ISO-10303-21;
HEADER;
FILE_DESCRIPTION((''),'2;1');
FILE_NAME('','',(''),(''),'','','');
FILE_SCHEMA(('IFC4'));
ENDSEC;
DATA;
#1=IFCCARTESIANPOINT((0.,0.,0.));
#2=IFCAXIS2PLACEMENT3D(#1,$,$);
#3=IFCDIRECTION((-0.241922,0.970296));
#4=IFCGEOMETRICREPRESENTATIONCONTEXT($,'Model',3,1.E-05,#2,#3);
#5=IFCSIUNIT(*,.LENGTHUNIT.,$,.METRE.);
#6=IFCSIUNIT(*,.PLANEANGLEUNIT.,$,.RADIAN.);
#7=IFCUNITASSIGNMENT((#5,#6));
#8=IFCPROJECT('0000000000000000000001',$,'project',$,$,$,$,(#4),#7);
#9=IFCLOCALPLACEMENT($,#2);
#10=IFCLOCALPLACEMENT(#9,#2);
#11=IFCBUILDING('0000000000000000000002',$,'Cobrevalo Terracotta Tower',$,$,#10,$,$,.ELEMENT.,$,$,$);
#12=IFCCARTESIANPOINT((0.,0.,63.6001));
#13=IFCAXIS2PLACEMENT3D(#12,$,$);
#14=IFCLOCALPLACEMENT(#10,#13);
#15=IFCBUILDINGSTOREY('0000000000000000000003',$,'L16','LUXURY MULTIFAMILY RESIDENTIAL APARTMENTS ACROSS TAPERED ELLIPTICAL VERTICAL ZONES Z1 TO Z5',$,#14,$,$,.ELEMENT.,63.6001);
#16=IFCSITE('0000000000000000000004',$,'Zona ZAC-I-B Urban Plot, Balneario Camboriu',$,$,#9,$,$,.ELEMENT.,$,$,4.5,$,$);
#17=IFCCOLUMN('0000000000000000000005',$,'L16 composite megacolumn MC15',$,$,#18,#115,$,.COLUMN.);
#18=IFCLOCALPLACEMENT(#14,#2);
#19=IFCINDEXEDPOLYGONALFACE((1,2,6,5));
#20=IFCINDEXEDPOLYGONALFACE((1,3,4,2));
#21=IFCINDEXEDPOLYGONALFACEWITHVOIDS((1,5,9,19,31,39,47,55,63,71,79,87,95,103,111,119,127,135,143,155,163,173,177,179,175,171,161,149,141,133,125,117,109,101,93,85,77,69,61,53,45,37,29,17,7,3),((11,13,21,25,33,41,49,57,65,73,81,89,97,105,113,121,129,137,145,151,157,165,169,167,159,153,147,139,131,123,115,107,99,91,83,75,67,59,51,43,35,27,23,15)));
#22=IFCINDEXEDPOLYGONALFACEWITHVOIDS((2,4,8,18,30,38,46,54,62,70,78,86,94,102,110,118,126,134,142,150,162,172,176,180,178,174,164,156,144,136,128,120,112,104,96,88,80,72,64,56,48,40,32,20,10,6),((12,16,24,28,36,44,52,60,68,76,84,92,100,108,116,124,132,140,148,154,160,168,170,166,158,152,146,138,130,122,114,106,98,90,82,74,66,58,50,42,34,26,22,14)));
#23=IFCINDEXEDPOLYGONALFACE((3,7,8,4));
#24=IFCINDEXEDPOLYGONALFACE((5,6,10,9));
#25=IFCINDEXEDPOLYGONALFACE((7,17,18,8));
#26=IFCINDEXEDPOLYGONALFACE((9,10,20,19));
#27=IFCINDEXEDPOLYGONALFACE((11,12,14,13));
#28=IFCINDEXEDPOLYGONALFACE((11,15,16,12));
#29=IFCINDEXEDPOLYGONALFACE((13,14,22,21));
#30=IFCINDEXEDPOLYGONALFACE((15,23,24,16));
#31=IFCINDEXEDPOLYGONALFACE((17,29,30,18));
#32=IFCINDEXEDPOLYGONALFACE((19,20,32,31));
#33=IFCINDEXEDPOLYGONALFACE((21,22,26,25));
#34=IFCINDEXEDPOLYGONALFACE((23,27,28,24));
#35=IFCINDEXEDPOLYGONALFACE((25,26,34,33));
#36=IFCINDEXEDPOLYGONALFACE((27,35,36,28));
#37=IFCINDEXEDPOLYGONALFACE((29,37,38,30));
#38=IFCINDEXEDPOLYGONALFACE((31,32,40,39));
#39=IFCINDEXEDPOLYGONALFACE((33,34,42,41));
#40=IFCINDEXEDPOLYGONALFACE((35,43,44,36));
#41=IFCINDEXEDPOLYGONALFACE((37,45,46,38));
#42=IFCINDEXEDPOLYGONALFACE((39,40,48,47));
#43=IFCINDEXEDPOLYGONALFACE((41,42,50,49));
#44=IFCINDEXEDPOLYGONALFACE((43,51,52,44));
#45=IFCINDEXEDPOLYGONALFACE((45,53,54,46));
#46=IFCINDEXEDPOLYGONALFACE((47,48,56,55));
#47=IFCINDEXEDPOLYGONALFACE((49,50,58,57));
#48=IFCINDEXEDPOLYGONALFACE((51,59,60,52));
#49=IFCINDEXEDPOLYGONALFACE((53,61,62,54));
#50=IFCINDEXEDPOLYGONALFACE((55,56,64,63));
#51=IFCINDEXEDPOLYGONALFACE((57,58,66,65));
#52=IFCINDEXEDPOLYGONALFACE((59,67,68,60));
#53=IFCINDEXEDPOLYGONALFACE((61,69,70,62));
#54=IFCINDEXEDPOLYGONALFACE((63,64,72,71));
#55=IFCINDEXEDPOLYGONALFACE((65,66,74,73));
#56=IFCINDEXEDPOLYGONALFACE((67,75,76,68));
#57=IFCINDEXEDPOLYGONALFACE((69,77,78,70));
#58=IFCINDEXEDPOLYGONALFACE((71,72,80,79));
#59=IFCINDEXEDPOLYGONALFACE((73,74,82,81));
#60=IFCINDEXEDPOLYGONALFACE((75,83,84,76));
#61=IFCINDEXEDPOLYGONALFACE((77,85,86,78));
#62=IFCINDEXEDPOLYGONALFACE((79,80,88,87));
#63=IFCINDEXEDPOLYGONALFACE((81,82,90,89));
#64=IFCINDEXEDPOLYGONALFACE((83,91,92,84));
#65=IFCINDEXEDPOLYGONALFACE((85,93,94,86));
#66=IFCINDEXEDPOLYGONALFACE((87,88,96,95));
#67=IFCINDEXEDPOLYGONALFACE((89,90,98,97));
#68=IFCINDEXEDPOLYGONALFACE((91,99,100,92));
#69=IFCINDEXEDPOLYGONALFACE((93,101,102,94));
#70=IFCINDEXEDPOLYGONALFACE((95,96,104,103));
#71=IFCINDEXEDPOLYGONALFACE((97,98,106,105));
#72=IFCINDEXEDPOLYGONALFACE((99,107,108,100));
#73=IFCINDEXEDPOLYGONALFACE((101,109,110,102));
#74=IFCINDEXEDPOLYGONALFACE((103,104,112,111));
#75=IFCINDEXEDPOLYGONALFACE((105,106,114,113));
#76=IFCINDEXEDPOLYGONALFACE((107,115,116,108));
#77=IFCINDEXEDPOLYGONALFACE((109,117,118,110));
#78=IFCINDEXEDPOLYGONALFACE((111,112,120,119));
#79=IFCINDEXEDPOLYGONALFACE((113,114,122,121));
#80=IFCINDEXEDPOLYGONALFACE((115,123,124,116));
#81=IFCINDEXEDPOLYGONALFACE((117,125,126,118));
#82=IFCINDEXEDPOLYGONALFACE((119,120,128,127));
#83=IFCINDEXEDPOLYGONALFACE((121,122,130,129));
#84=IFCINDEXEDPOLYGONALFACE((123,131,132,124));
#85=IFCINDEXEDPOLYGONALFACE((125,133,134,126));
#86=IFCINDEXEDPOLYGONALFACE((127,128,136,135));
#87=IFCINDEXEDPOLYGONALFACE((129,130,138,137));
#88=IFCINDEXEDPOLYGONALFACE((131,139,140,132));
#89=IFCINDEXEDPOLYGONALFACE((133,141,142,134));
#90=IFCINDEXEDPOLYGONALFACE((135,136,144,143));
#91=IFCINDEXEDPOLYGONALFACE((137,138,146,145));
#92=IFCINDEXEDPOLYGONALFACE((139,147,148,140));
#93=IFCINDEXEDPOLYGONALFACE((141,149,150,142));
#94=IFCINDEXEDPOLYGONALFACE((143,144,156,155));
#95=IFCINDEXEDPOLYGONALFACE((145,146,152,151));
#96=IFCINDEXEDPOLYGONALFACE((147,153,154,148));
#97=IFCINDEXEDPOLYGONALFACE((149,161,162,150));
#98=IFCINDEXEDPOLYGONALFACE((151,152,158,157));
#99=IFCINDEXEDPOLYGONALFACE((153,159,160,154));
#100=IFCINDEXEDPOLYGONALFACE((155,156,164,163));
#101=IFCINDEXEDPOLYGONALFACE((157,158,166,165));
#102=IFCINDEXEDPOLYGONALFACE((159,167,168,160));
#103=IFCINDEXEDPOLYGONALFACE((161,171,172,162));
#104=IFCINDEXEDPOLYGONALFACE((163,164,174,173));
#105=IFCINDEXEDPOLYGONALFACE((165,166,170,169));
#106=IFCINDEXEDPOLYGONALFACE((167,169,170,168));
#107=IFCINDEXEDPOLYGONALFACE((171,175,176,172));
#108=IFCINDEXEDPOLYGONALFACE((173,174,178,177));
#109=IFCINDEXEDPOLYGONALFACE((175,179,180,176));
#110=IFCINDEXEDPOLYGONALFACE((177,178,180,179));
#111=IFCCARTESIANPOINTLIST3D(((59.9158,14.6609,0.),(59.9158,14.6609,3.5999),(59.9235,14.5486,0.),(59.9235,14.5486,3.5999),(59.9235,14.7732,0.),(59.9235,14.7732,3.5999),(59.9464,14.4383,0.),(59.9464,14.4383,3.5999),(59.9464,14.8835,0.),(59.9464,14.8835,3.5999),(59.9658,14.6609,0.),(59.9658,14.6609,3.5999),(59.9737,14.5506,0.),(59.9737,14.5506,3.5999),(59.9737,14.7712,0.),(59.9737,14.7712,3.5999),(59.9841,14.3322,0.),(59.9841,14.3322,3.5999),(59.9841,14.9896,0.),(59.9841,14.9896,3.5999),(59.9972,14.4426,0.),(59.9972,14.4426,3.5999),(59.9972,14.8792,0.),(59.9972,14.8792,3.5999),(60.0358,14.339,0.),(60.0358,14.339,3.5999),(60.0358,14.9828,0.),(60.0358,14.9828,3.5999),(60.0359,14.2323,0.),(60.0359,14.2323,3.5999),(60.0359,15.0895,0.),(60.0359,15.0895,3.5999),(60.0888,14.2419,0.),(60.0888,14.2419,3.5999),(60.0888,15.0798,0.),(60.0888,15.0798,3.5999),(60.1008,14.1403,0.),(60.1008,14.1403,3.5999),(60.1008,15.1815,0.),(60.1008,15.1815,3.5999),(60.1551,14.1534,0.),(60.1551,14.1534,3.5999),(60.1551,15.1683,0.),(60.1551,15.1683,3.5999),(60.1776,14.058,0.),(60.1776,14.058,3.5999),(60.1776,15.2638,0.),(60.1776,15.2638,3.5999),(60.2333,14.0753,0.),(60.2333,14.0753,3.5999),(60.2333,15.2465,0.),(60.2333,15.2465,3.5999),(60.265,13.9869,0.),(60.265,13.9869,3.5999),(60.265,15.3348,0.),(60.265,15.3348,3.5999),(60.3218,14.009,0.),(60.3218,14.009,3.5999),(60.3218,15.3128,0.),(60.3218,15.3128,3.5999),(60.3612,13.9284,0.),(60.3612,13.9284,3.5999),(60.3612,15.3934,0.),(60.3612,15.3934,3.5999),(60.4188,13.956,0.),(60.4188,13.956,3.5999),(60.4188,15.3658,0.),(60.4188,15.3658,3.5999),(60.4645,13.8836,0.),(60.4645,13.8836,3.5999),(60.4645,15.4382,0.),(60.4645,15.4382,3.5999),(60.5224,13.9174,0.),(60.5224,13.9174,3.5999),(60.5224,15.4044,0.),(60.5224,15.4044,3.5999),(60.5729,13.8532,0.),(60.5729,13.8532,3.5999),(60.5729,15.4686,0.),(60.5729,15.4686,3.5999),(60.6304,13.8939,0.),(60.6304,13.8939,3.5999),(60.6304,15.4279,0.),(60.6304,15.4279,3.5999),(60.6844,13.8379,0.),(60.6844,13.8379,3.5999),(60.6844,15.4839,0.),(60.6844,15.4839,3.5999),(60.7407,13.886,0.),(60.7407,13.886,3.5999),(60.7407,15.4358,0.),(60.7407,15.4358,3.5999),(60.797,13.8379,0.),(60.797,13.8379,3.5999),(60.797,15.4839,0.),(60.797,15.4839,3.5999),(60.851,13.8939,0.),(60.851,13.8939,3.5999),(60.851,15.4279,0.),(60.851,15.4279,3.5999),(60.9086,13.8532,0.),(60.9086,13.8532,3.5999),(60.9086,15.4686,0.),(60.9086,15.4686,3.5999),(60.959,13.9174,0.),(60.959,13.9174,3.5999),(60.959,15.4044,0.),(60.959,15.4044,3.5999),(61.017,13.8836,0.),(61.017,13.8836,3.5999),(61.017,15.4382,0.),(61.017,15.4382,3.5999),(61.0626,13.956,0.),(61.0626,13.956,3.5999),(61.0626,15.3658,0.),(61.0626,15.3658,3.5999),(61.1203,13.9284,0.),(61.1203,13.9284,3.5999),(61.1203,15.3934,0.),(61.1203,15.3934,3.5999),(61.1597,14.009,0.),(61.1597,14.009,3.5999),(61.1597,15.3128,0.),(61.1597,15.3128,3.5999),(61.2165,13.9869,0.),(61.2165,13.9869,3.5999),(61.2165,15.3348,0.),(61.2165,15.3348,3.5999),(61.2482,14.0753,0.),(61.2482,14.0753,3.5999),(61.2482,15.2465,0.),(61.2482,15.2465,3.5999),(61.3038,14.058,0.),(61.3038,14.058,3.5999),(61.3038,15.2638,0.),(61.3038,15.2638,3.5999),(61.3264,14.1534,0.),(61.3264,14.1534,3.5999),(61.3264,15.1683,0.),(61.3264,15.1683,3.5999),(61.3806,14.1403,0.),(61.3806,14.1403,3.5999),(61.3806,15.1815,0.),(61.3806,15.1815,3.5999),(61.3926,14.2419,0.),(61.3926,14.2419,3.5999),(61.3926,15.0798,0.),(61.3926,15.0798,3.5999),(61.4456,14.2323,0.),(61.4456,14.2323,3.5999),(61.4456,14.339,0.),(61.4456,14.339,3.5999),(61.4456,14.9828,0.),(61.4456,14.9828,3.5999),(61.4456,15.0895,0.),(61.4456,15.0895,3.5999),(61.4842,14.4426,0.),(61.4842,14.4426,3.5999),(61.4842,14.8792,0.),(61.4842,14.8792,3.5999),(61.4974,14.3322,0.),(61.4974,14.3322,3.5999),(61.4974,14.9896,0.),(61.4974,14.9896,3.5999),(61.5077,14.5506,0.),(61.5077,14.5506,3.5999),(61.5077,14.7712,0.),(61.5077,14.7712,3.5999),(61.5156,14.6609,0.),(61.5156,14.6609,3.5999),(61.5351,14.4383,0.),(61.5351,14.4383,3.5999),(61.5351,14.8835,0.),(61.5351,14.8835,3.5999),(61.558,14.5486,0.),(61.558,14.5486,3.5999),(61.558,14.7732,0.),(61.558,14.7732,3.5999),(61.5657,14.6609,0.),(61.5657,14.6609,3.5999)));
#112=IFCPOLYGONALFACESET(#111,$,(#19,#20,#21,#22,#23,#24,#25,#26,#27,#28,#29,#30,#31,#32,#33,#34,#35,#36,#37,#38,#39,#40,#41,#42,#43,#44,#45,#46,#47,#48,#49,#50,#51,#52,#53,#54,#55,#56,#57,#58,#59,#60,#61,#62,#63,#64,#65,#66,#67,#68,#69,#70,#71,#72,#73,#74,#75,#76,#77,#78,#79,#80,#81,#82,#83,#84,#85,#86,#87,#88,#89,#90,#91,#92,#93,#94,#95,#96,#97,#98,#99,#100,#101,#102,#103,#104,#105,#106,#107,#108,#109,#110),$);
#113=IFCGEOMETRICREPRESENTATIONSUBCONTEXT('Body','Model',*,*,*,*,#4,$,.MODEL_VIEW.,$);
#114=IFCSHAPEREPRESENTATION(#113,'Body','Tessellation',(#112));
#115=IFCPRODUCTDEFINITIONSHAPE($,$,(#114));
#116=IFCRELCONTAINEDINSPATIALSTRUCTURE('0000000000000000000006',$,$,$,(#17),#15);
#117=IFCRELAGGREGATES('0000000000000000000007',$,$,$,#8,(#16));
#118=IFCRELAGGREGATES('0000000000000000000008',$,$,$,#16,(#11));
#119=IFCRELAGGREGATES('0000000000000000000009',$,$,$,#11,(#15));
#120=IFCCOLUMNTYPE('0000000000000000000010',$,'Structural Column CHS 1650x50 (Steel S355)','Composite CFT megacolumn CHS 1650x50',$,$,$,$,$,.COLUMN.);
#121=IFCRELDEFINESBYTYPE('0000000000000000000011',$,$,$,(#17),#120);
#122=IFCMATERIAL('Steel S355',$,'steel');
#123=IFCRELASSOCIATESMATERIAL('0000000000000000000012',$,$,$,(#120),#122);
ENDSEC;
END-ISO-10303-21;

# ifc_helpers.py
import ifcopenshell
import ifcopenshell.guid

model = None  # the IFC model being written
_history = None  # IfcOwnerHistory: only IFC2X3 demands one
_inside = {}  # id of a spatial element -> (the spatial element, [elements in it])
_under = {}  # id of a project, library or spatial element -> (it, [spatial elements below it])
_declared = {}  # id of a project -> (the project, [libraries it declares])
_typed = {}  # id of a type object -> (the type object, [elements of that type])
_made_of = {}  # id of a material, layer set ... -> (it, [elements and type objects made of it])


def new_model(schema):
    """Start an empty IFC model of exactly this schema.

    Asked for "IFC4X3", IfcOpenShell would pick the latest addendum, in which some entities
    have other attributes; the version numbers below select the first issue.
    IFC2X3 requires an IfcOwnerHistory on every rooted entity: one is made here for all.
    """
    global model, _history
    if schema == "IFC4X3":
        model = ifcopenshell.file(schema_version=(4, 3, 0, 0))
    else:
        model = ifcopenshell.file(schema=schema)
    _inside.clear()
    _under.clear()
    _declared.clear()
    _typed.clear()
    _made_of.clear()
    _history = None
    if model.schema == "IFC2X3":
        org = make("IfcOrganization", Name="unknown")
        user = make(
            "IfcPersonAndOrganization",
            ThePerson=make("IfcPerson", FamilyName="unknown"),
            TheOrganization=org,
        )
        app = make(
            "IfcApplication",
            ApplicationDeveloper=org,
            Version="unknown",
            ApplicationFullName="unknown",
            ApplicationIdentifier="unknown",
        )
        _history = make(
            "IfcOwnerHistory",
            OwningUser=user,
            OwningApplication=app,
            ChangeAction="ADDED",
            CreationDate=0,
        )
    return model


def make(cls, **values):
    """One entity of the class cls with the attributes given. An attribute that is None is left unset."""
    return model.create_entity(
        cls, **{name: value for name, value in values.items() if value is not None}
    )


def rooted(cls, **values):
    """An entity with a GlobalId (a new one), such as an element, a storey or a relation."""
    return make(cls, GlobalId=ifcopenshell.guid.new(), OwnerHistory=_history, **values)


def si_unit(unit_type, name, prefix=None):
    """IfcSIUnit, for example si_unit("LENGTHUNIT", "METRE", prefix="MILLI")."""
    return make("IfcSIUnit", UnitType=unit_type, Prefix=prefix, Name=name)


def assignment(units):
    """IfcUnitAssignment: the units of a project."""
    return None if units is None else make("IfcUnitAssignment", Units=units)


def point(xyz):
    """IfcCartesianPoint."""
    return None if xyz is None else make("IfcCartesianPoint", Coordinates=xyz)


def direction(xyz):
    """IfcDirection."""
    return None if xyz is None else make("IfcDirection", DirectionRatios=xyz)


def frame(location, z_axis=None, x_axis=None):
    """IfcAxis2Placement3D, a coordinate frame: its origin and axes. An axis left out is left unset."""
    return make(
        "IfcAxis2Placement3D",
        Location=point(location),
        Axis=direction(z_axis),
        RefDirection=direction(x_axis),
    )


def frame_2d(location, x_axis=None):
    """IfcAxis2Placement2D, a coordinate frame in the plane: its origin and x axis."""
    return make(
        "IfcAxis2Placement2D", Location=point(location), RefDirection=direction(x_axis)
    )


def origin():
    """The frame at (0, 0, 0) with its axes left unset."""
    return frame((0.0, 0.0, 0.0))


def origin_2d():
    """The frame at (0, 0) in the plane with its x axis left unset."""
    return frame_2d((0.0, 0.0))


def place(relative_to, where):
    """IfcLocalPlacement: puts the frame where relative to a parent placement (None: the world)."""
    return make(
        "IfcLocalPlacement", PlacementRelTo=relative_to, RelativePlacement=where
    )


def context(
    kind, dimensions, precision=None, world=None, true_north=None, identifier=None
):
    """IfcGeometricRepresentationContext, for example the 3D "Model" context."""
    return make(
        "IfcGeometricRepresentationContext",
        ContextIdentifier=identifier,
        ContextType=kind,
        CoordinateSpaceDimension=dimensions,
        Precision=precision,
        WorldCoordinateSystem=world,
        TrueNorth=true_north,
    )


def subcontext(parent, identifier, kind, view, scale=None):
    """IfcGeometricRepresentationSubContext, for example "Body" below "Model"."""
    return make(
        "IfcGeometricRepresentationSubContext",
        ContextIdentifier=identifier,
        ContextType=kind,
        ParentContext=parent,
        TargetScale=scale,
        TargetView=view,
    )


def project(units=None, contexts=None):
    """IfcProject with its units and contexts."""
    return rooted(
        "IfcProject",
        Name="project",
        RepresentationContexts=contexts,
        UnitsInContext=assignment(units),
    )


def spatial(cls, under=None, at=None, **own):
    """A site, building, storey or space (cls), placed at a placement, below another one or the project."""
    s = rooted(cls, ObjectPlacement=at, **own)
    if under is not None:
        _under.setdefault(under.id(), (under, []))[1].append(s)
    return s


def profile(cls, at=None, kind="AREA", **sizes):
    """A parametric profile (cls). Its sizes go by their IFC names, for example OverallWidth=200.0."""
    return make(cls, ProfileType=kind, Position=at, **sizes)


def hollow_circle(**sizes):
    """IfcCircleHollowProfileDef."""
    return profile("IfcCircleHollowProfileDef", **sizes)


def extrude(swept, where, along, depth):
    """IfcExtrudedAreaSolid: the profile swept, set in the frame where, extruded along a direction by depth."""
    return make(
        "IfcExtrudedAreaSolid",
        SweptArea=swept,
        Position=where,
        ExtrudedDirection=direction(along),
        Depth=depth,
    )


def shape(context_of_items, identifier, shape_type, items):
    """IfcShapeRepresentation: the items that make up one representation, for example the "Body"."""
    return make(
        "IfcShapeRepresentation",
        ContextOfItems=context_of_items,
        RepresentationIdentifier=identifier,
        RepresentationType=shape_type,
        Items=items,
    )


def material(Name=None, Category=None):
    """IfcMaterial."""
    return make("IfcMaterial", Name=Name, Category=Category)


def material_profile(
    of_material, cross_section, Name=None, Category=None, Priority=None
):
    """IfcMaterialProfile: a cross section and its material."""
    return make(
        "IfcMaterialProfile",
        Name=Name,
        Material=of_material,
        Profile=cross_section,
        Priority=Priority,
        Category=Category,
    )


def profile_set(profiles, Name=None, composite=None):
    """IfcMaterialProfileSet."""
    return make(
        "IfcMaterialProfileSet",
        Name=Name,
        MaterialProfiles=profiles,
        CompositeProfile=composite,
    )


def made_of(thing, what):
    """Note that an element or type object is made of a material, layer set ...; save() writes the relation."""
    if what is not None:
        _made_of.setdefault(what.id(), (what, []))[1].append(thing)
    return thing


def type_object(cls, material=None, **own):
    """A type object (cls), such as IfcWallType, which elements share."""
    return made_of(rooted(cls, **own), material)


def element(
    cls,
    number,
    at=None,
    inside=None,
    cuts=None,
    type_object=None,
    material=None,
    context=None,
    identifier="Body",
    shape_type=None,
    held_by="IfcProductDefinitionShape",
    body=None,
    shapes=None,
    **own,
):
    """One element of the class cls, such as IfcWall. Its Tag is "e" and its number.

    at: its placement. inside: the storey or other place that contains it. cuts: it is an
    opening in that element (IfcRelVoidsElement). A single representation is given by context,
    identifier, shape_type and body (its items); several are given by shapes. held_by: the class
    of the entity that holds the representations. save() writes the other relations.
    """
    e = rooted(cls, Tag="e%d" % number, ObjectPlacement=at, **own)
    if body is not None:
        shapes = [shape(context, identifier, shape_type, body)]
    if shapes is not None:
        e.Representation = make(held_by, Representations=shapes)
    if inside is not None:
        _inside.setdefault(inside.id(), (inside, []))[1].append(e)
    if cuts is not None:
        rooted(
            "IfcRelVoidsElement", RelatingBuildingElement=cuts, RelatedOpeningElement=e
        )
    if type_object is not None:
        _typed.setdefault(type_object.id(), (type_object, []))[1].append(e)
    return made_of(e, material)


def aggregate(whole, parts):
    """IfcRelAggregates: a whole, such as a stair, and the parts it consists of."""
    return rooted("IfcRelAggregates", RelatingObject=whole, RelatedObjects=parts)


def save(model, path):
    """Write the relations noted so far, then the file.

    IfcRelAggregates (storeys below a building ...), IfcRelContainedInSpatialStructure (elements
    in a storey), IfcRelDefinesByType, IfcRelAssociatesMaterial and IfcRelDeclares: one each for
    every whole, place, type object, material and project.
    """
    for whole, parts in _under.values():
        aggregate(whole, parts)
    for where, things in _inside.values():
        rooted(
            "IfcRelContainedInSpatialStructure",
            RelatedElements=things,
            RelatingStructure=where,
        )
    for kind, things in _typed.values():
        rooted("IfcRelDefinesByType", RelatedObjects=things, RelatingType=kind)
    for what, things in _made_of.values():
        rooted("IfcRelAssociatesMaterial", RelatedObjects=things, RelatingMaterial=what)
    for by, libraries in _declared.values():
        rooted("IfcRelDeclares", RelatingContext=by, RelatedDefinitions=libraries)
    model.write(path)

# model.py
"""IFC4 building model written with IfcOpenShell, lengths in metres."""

from ifc_helpers import new_model, si_unit, direction, frame, origin, origin_2d, place, context, subcontext, project, spatial, hollow_circle, extrude, material, material_profile, profile_set, type_object, element, save


model = new_model("IFC4")

# Units and contexts
model_context = context("Model", 3, precision=1e-05, world=origin(), true_north=direction((-0.241922, 0.970296)))
body_context = subcontext(model_context, "Body", "Model", "MODEL_VIEW")
ifc_project = project(units=[si_unit("LENGTHUNIT", "METRE"), si_unit("PLANEANGLEUNIT", "RADIAN")], contexts=[model_context])

# Site, building, storey
site_placement = place(None, origin())
site = spatial("IfcSite", under=ifc_project, at=site_placement, Name="Zona ZAC-I-B Urban Plot, Balneario Camboriu", CompositionType="ELEMENT", RefElevation=4.5)
building_placement = place(site_placement, origin())
building = spatial("IfcBuilding", under=site, at=building_placement, Name="Cobrevalo Terracotta Tower", CompositionType="ELEMENT")
storey_placement = place(building_placement, frame((0.0, 0.0, 63.6001)))
storey = spatial("IfcBuildingStorey", under=building, at=storey_placement, Name="L16", Description="LUXURY MULTIFAMILY RESIDENTIAL APARTMENTS ACROSS TAPERED ELLIPTICAL VERTICAL ZONES Z1 TO Z5", CompositionType="ELEMENT", Elevation=63.6001)

# Column
ifc_material_1 = material(Name="Steel S355", Category="steel")
ifc_material_profile_1 = material_profile(ifc_material_1, hollow_circle(Radius=0.825, WallThickness=0.05, at=origin_2d()), Name="CHS 1650x50")
ifc_profile_set_1 = profile_set([ifc_material_profile_1], Name="Steel S355")
column_type = type_object("IfcColumnType", Name="Structural Column CHS 1650x50 (Steel S355)", Description="Composite CFT megacolumn CHS 1650x50", PredefinedType="COLUMN", material=ifc_profile_set_1)
for number, where, z_axis, x_axis, name in (
    (1, (60.7407, 14.6609, 0.0), (0.0, 0.0, 1.0), (1.0, 0.0, 0.0), "L16 composite megacolumn MC15"),
):
    element("IfcColumn", number, at=place(storey_placement, frame(where, z_axis=z_axis, x_axis=x_axis)), inside=storey, type_object=column_type, Name=name, PredefinedType="COLUMN", context=body_context, shape_type="SweptSolid", body=[
        extrude(hollow_circle(Radius=0.825, WallThickness=0.05, at=origin_2d()), origin(), (0.0, 0.0, 1.0), 3.5999),
    ])

save(model, "model.ifc")
